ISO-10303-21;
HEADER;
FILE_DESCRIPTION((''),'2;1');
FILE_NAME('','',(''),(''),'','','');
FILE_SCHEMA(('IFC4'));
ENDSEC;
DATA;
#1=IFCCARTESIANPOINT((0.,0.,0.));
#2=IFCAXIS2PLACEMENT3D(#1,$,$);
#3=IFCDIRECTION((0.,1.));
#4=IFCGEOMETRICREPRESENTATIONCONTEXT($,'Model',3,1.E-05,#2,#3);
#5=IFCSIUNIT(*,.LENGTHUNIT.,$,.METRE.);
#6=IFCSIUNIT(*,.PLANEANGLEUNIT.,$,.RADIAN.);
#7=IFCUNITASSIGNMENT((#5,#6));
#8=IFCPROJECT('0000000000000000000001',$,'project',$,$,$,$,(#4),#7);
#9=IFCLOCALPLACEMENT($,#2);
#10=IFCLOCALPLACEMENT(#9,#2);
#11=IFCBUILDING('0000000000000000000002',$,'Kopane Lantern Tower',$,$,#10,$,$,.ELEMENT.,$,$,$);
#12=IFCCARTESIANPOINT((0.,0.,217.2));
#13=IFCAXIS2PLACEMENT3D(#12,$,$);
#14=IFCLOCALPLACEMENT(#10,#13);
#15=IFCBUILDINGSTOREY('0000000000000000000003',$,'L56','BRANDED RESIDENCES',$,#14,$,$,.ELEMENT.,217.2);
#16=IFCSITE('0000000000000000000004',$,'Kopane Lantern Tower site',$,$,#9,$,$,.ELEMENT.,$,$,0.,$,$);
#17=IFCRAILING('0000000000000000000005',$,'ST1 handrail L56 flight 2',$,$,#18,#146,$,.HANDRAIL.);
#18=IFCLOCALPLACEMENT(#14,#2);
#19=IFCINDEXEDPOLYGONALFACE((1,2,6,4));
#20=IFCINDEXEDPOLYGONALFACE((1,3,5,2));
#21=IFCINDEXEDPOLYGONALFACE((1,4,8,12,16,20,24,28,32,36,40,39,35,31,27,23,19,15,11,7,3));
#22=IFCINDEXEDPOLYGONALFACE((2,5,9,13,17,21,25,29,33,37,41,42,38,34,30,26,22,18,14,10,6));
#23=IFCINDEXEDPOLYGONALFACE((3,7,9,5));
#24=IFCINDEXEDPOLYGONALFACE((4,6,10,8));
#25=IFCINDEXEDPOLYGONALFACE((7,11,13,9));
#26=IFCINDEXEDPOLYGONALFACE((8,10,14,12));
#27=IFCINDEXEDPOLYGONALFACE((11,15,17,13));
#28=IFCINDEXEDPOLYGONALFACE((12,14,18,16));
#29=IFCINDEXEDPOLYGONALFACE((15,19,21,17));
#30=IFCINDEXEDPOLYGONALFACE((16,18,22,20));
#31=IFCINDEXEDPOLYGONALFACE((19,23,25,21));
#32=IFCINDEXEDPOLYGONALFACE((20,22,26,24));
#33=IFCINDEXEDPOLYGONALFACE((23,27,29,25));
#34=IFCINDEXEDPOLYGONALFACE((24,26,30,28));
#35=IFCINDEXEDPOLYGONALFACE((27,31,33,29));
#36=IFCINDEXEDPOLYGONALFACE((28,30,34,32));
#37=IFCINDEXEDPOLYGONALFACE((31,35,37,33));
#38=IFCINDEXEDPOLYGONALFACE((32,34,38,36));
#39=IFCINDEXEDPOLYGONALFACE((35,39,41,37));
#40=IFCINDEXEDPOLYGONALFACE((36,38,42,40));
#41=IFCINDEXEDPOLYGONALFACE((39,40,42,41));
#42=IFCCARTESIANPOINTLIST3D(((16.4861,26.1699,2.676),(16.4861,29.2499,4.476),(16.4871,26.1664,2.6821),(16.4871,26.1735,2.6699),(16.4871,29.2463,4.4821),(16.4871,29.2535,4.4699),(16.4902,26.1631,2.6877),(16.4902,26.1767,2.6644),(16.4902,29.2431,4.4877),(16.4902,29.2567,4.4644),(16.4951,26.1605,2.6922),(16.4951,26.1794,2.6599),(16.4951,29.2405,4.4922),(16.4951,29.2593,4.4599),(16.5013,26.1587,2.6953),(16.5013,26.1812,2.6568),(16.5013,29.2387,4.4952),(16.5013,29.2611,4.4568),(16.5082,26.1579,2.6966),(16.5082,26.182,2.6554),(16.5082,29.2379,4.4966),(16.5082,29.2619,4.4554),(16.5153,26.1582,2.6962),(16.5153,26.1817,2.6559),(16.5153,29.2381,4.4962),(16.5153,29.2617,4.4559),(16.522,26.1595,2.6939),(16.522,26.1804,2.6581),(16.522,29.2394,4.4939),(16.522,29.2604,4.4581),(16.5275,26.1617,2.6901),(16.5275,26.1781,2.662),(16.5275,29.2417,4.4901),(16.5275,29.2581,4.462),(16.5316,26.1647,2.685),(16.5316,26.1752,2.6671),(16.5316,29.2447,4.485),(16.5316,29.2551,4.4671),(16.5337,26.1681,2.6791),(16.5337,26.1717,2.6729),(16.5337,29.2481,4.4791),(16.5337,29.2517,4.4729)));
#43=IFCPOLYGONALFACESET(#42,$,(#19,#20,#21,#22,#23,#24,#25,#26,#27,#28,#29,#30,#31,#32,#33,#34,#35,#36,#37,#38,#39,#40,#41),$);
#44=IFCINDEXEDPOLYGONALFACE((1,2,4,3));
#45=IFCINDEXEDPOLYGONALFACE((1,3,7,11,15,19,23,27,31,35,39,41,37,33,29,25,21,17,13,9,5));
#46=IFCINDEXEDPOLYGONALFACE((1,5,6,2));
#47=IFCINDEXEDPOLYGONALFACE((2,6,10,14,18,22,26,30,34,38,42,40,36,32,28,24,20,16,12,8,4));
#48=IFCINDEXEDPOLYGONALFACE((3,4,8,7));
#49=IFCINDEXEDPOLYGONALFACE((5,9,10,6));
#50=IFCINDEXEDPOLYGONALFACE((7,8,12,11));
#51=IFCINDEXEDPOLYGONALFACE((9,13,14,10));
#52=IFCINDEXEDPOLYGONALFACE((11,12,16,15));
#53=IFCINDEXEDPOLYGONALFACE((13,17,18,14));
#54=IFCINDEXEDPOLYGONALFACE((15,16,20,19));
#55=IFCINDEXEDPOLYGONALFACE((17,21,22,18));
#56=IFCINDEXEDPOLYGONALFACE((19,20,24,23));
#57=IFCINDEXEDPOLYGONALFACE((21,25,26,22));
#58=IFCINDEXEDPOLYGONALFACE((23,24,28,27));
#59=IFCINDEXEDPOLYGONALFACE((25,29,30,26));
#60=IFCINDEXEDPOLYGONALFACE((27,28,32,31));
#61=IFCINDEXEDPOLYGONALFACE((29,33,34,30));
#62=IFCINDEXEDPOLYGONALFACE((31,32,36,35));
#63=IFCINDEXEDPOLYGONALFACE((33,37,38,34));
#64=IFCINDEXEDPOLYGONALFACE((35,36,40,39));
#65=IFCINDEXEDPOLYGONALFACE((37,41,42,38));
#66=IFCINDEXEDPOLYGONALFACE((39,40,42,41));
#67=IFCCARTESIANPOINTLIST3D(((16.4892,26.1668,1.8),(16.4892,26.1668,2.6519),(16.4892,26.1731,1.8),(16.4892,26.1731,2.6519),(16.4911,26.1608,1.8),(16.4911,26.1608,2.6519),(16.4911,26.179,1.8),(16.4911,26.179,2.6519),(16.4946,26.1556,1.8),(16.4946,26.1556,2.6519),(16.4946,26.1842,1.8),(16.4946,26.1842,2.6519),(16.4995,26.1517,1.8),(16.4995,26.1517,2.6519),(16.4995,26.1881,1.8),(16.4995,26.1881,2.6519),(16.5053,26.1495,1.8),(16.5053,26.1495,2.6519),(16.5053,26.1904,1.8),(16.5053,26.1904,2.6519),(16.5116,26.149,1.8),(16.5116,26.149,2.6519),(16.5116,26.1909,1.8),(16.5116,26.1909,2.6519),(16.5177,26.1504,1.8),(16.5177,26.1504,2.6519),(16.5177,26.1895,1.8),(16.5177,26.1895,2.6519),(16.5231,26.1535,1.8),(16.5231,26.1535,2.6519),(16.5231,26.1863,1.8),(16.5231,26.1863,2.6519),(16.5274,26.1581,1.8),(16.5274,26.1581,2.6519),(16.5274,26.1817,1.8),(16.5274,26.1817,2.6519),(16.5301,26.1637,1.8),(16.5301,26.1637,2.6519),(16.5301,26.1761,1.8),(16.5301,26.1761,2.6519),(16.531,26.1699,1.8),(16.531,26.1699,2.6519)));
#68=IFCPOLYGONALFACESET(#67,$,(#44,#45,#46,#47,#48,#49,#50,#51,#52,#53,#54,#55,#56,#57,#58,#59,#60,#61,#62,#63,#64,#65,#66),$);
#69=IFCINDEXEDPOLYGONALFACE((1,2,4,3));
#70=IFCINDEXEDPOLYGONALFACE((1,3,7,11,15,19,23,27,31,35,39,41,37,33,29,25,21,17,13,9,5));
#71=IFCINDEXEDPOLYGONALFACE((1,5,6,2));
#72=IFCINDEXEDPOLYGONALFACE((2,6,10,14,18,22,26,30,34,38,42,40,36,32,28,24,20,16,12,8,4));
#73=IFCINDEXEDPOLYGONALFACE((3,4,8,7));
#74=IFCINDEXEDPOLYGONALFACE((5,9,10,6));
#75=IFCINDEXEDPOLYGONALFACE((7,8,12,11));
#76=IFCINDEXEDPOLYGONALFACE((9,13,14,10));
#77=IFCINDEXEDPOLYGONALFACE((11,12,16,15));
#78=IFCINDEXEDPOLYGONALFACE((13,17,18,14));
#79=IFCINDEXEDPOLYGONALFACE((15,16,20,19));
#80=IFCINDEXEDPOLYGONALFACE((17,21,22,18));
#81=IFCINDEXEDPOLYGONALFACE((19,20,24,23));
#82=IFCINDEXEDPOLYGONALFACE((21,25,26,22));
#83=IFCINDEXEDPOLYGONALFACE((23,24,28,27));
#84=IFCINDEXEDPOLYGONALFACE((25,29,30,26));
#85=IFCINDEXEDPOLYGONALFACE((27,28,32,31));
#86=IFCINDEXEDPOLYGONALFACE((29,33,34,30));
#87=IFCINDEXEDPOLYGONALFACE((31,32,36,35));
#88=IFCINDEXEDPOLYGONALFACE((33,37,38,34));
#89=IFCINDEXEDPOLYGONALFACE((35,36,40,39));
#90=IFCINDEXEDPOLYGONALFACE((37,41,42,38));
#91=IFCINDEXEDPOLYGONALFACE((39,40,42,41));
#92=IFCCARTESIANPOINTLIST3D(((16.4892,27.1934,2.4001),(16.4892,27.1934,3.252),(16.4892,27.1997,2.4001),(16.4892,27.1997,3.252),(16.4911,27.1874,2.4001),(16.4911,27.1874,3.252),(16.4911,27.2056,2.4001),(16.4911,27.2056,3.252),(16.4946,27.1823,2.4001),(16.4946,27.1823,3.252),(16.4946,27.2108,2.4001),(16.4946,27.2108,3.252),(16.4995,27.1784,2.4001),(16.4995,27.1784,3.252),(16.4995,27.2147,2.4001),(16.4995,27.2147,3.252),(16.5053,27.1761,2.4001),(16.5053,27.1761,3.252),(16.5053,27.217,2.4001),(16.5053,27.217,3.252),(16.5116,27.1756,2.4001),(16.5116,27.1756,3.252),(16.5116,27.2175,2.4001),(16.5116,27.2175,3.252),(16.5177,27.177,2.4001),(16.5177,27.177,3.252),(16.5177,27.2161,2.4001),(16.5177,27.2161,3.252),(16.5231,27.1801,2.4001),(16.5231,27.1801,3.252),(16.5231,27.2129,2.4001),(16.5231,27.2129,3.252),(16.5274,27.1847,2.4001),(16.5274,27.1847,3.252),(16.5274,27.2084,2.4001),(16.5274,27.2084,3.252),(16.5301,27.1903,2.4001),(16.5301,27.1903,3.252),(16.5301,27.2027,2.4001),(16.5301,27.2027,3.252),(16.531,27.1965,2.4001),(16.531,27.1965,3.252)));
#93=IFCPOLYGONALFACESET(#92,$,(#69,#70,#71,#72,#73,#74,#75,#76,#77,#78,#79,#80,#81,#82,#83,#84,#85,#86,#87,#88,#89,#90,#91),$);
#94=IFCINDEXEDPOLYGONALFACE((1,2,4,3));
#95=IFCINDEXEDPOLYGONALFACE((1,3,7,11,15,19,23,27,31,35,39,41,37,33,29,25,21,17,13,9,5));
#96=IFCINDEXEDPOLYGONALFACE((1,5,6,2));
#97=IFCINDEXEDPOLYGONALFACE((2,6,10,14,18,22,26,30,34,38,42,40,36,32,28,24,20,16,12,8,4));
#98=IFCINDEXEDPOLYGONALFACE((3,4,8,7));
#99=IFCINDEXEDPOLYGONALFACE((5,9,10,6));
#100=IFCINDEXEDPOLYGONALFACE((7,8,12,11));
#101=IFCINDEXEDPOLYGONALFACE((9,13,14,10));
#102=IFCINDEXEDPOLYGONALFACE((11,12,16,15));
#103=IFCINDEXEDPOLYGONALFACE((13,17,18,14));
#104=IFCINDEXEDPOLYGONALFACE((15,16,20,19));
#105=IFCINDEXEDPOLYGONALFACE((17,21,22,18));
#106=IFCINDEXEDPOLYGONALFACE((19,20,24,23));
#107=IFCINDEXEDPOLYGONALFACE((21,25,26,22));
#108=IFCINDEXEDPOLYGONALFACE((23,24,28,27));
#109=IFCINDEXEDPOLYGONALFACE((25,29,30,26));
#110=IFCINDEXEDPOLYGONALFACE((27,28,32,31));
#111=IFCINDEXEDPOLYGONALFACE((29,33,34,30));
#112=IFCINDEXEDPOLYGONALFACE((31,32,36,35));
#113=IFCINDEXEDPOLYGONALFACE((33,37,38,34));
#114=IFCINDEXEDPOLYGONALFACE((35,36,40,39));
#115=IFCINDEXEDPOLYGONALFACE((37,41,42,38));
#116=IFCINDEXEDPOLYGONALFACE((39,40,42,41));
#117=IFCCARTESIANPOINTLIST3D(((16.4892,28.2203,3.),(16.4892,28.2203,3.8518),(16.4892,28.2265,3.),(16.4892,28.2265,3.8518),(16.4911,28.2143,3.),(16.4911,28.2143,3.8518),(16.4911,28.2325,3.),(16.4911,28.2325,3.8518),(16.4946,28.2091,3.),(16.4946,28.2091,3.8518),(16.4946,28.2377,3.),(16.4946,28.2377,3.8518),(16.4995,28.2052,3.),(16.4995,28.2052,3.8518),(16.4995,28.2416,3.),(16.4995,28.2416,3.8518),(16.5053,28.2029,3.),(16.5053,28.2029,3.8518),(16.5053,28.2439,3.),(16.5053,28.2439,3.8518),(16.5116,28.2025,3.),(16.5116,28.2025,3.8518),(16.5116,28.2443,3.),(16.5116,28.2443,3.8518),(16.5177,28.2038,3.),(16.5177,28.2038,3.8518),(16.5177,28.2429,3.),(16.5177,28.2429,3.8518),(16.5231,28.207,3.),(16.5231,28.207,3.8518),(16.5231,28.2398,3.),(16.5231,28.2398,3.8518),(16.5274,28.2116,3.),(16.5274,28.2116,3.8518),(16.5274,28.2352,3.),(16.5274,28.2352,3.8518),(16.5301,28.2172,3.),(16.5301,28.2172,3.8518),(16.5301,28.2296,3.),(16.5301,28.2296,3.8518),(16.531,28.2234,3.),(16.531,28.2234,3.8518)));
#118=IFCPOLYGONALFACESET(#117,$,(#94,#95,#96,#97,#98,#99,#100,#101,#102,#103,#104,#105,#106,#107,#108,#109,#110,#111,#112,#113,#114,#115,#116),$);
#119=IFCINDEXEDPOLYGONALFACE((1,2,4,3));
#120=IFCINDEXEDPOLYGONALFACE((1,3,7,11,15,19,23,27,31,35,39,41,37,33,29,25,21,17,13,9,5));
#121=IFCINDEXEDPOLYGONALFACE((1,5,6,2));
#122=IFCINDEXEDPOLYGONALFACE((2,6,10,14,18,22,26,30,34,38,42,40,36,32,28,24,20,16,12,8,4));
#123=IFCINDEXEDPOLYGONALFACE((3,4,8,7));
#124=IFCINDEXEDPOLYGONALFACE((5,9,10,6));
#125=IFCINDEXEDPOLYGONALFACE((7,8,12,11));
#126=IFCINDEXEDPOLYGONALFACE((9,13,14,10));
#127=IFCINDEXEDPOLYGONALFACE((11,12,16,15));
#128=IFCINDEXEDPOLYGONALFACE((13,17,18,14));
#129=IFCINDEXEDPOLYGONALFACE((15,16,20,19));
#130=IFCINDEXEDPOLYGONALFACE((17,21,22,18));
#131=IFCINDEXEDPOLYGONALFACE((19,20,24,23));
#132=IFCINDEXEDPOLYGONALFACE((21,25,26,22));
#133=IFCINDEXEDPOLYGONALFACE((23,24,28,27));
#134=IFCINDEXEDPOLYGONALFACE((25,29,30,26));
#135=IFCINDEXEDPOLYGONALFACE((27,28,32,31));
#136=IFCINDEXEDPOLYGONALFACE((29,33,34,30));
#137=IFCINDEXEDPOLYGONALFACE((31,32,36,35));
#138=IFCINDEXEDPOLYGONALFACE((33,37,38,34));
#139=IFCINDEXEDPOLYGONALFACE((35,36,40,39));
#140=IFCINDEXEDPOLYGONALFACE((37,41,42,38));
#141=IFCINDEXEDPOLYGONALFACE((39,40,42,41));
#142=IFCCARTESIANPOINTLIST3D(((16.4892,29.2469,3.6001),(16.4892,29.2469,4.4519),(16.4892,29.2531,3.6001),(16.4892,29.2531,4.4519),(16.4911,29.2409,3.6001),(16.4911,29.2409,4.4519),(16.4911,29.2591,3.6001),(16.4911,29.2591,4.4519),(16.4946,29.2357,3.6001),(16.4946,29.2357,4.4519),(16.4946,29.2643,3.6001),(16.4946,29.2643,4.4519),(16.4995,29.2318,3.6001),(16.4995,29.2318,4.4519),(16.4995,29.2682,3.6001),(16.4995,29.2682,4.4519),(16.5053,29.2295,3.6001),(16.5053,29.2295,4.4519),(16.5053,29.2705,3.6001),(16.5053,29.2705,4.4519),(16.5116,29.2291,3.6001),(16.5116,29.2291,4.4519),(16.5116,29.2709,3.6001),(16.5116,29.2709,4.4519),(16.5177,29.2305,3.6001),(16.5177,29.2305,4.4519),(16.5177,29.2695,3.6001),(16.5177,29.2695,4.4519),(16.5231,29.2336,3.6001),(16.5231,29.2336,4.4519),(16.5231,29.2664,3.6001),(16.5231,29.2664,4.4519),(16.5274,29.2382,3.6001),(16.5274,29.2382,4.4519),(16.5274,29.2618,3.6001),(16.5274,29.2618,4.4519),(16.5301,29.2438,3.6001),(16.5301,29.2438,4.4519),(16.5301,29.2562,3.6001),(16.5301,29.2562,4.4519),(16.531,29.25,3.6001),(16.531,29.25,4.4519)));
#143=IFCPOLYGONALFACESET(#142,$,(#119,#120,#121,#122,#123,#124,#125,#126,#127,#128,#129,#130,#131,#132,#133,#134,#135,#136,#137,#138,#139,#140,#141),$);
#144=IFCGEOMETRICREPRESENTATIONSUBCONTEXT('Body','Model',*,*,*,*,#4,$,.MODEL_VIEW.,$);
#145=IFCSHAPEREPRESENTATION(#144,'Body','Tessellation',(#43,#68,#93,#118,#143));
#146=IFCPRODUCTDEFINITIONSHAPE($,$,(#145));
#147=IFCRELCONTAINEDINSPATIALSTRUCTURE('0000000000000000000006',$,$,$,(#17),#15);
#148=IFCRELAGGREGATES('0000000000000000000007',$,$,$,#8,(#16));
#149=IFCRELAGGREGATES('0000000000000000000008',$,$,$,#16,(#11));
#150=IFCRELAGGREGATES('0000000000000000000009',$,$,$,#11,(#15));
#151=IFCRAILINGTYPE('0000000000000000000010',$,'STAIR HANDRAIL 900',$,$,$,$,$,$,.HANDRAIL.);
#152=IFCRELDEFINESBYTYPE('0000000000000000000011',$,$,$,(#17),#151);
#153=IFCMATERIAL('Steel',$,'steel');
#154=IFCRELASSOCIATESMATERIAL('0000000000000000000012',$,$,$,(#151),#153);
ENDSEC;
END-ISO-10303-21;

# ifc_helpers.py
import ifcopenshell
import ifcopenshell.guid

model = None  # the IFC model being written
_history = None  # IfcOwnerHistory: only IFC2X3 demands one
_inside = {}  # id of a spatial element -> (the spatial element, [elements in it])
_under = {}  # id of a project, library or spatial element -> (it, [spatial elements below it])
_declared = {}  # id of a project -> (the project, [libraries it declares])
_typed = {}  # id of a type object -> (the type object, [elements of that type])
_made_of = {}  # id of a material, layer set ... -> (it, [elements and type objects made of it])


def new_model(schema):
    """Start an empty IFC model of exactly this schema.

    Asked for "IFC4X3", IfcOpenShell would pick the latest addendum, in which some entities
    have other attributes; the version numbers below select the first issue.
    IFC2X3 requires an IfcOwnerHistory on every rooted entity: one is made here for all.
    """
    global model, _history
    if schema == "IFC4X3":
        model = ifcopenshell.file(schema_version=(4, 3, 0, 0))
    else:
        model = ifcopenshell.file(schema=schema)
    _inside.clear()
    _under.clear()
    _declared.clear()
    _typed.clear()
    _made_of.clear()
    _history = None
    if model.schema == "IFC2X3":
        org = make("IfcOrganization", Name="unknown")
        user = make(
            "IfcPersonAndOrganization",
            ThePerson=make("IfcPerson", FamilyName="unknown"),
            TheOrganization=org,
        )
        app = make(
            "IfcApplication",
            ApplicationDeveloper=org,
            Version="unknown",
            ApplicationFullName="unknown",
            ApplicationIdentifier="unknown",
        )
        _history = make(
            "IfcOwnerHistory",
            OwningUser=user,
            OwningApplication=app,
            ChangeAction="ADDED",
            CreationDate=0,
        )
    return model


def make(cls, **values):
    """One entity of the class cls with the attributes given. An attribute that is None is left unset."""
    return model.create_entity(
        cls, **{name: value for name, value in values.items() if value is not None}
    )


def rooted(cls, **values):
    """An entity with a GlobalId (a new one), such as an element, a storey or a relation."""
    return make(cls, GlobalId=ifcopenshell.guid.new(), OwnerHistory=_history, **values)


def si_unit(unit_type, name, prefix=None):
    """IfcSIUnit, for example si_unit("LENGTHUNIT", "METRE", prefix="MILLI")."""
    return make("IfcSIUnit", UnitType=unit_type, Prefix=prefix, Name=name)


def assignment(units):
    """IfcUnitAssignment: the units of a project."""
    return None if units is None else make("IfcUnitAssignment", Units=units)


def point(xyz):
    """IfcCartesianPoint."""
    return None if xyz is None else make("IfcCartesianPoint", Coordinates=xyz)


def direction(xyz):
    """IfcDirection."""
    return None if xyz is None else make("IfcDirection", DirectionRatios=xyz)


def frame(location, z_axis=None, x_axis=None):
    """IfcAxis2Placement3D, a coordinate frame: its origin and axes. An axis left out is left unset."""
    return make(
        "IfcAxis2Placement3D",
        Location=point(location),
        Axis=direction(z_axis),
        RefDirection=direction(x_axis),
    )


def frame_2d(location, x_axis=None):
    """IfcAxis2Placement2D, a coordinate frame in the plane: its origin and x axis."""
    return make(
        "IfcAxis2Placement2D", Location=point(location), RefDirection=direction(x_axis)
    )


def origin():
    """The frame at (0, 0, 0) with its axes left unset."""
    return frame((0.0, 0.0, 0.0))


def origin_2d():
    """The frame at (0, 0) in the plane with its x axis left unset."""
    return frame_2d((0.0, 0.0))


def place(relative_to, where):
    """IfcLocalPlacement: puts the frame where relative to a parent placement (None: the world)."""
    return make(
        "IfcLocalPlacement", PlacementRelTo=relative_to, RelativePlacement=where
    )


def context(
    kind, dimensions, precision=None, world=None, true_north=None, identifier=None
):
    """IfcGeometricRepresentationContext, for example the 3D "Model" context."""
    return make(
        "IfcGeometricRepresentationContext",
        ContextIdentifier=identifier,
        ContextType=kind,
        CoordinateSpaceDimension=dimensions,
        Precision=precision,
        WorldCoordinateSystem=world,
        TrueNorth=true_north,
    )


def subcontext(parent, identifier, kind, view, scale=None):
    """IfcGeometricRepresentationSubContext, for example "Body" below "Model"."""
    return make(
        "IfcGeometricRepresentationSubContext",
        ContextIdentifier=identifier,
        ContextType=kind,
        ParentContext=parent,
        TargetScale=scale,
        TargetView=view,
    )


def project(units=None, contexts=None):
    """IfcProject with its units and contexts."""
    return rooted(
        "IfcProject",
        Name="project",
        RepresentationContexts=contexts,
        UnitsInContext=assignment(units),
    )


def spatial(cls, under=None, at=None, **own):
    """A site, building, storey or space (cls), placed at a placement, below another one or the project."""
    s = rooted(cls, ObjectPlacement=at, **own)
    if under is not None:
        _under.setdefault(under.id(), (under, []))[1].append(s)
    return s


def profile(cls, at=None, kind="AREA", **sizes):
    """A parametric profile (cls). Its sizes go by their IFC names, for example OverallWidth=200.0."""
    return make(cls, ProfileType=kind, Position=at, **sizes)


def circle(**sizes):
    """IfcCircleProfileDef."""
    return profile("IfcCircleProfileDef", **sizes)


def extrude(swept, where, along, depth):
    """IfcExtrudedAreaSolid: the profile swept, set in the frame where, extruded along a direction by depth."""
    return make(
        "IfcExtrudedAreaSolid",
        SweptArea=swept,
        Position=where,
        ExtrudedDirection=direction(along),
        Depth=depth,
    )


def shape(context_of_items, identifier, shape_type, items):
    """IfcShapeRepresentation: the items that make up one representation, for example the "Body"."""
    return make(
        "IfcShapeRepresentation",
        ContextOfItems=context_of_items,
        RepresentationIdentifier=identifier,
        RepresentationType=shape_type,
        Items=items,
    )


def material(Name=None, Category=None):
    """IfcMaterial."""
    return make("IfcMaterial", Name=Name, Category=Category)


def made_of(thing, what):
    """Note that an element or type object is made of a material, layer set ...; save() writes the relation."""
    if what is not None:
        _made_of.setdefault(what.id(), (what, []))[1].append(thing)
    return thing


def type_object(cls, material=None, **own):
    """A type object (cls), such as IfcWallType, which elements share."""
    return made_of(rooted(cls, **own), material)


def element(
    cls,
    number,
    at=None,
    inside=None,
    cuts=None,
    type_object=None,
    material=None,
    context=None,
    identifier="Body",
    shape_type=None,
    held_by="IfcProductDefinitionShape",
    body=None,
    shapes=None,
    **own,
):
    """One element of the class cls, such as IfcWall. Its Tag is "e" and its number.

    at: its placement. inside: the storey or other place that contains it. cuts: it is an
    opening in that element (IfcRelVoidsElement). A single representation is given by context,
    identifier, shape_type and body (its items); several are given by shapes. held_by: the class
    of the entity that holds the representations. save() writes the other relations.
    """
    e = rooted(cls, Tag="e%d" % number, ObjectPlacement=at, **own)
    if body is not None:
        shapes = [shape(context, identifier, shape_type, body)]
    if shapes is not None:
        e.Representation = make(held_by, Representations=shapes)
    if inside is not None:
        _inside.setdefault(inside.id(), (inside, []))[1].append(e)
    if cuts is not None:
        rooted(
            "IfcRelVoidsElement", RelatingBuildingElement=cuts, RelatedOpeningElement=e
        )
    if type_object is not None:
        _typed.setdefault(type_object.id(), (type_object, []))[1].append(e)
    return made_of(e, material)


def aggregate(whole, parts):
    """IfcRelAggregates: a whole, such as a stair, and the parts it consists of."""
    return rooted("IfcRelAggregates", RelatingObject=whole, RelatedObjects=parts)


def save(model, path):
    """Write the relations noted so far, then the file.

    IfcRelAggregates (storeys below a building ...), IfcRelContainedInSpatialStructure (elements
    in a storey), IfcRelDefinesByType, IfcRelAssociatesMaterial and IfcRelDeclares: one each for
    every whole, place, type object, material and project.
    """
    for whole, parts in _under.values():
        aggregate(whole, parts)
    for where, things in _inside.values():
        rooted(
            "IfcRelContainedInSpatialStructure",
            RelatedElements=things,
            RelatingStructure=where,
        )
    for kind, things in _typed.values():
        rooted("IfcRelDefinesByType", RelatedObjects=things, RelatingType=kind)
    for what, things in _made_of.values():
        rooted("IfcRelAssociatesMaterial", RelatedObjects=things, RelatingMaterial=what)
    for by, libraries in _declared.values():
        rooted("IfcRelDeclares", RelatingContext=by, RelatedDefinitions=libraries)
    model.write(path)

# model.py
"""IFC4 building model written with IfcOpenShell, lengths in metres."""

from ifc_helpers import new_model, si_unit, direction, frame, origin, origin_2d, place, context, subcontext, project, spatial, circle, extrude, material, type_object, element, save


model = new_model("IFC4")

# Units and contexts
model_context = context("Model", 3, precision=1e-05, world=origin(), true_north=direction((0.0, 1.0)))
body_context = subcontext(model_context, "Body", "Model", "MODEL_VIEW")
ifc_project = project(units=[si_unit("LENGTHUNIT", "METRE"), si_unit("PLANEANGLEUNIT", "RADIAN")], contexts=[model_context])

# Site, building, storey
site_placement = place(None, origin())
site = spatial("IfcSite", under=ifc_project, at=site_placement, Name="Kopane Lantern Tower site", CompositionType="ELEMENT", RefElevation=0.0)
building_placement = place(site_placement, origin())
building = spatial("IfcBuilding", under=site, at=building_placement, Name="Kopane Lantern Tower", CompositionType="ELEMENT")
storey_placement = place(building_placement, frame((0.0, 0.0, 217.2)))
storey = spatial("IfcBuildingStorey", under=building, at=storey_placement, Name="L56", Description="BRANDED RESIDENCES", CompositionType="ELEMENT", Elevation=217.2)

# Railing
ifc_material_1 = material(Name="Steel", Category="steel")
railing_type_1 = type_object("IfcRailingType", Name="STAIR HANDRAIL 900", PredefinedType="HANDRAIL", material=ifc_material_1)
for number, where, name in (
    (1, (16.51, 26.1699, 1.8), "ST1 handrail L56 flight 2"),
):
    element("IfcRailing", number, at=place(storey_placement, frame(where)), inside=storey, type_object=railing_type_1, Name=name, PredefinedType="HANDRAIL", context=body_context, shape_type="SweptSolid", body=[
        extrude(circle(Radius=0.0239, at=origin_2d()), frame((0.0, 0.0, 0.876), z_axis=(0.0, 0.863372, 0.504569), x_axis=(-1.0, 0.0, 0.0)), (0.0, 0.0, 1.0), 3.5674),
        extrude(circle(Radius=0.021, at=origin_2d()), origin(), (0.0, 0.0, 1.0), 0.8518),
        extrude(circle(Radius=0.021, at=origin_2d()), frame((0.0, 1.0266, 0.6001)), (0.0, 0.0, 1.0), 0.8518),
        extrude(circle(Radius=0.021, at=origin_2d()), frame((0.0, 2.0535, 1.2)), (0.0, 0.0, 1.0), 0.8518),
        extrude(circle(Radius=0.021, at=origin_2d()), frame((0.0, 3.0801, 1.8)), (0.0, 0.0, 1.0), 0.8518),
    ])

save(model, "model.ifc")
